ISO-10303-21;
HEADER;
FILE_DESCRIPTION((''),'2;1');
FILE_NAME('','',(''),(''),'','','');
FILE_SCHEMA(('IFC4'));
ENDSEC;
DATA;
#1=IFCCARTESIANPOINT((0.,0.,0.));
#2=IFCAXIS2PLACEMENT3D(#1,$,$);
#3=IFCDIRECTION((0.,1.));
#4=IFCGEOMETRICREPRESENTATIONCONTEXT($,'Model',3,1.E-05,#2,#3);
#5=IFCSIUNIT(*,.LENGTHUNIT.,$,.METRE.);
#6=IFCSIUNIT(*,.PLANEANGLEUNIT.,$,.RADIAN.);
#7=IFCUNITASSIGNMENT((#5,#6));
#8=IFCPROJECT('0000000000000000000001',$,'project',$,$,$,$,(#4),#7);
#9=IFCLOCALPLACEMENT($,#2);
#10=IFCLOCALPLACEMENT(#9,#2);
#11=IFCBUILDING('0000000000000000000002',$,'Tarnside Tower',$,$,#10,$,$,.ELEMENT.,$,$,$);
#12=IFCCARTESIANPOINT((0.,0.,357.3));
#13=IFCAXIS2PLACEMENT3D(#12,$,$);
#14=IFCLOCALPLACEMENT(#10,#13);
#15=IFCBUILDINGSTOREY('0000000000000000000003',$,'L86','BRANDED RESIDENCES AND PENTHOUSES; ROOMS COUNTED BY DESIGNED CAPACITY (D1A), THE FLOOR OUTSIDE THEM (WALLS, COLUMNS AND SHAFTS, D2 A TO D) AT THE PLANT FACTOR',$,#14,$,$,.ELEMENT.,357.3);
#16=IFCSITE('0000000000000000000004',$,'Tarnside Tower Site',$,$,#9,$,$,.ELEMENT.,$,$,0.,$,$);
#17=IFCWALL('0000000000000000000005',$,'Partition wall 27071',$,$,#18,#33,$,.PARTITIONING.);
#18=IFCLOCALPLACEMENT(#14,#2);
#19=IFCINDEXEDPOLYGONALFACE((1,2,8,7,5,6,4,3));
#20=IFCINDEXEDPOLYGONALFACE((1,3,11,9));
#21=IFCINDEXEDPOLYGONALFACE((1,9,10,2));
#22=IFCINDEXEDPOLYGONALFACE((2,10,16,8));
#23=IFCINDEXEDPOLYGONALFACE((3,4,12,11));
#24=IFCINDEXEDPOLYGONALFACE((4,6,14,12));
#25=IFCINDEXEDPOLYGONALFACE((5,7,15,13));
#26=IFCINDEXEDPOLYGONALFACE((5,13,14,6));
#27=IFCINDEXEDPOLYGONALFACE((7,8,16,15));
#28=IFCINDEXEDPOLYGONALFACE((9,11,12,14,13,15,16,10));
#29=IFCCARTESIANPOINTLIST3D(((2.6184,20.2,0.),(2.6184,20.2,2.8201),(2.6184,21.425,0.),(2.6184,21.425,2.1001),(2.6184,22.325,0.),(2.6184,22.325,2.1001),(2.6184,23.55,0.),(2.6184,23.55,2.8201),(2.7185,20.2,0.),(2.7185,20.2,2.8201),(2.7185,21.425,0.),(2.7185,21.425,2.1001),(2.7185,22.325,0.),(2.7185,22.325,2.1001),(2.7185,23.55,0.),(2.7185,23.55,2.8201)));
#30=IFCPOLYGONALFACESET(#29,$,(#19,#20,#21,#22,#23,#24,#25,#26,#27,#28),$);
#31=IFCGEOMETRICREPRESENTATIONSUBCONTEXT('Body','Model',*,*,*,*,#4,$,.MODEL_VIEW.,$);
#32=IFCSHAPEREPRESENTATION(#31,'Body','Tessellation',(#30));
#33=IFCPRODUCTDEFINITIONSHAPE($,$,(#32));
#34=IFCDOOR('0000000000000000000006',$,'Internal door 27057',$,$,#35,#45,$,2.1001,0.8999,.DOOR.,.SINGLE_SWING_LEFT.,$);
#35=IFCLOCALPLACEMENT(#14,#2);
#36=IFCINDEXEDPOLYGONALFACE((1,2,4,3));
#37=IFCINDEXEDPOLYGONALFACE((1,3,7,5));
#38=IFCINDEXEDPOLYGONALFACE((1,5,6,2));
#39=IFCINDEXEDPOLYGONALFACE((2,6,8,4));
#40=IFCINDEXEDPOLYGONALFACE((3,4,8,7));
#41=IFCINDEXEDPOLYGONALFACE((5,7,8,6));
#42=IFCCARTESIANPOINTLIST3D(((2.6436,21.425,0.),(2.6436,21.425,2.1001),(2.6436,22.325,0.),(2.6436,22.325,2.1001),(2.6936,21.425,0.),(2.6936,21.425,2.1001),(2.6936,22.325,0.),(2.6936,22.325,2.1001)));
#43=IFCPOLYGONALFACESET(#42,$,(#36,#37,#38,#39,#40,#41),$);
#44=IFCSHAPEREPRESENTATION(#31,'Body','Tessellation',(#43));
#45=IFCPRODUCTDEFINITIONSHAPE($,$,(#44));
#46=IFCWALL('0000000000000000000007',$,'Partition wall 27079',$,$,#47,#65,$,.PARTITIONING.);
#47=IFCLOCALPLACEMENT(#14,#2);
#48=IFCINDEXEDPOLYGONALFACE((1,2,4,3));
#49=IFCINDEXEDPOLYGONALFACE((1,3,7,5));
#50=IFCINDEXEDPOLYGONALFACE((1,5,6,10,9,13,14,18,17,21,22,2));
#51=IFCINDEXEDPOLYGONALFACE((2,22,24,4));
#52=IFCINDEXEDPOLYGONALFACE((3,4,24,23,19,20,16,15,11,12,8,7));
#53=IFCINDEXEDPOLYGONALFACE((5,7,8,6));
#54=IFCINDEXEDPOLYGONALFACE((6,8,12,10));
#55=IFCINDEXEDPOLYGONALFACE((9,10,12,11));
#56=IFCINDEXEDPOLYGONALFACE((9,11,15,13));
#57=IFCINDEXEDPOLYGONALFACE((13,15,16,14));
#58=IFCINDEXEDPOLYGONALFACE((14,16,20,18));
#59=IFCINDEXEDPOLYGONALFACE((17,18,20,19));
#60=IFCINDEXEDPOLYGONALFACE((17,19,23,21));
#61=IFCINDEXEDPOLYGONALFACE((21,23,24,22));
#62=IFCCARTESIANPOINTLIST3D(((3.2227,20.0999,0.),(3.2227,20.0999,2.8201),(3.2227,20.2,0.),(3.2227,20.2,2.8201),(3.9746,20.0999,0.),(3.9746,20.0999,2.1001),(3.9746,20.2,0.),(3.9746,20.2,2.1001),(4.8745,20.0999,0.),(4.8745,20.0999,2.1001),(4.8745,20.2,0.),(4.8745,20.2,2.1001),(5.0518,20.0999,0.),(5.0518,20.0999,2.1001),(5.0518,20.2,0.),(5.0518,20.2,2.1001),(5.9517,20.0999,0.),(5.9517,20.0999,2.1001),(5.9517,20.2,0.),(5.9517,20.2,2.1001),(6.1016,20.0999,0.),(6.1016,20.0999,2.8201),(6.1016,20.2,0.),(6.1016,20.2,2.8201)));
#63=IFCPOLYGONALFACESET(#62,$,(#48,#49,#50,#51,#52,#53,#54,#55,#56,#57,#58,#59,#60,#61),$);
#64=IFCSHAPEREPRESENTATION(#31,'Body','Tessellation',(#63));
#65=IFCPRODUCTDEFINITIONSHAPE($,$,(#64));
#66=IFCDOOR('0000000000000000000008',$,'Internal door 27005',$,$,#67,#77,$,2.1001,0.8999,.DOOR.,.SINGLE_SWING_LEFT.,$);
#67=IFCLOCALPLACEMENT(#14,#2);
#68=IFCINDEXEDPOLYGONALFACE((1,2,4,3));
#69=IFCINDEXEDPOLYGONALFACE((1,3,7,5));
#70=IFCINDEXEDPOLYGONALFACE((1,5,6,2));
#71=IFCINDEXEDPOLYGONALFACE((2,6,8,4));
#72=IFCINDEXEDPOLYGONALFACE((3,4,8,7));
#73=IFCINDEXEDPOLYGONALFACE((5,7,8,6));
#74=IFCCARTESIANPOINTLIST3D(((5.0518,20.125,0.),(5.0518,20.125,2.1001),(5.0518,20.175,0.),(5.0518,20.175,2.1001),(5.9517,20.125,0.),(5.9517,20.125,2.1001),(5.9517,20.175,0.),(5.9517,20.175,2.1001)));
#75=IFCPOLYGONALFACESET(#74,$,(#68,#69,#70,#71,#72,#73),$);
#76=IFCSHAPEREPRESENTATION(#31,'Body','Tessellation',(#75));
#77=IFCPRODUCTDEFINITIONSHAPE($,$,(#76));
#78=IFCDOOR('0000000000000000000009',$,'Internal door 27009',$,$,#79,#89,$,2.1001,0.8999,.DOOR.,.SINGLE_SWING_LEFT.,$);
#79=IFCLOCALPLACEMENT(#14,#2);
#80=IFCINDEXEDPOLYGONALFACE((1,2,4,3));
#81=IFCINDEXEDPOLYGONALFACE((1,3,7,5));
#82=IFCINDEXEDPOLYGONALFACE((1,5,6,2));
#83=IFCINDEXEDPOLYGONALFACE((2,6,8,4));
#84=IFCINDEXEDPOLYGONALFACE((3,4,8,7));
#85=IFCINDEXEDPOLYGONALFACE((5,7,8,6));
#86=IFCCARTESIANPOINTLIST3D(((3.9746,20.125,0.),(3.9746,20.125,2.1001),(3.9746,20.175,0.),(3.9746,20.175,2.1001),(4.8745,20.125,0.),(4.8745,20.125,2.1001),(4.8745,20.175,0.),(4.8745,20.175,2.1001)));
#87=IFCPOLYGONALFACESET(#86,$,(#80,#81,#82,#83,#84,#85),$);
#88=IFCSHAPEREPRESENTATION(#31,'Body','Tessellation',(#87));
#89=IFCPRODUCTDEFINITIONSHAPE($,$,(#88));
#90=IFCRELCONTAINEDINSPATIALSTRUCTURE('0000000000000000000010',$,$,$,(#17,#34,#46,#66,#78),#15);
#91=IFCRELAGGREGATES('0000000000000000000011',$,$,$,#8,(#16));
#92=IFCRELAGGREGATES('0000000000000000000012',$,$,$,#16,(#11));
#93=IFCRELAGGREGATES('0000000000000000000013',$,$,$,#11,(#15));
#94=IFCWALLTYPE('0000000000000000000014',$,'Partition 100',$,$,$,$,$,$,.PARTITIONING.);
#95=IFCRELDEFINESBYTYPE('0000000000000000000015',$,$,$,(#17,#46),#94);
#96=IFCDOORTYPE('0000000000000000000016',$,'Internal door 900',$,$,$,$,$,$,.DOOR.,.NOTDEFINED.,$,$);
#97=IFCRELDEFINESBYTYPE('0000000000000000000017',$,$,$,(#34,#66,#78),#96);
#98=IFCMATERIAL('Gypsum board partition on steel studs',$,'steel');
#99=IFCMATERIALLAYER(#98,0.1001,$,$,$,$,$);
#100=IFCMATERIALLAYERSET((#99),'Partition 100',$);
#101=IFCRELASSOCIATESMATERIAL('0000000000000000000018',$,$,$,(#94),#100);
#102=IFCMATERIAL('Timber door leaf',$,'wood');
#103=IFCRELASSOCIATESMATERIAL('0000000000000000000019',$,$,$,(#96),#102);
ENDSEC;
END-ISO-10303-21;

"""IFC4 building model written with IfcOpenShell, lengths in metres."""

from ifc_helpers import new_model, si_unit, direction, frame, frame_2d, origin, place, context, subcontext, project, spatial, rectangle, extrude, material, layer, layer_set, type_object, element, fill, save


model = new_model("IFC4")

# Units and contexts
model_context = context("Model", 3, precision=1e-05, world=origin(), true_north=direction((0.0, 1.0)))
body_context = subcontext(model_context, "Body", "Model", "MODEL_VIEW")
ifc_project = project(units=[si_unit("LENGTHUNIT", "METRE"), si_unit("PLANEANGLEUNIT", "RADIAN")], contexts=[model_context])

# Site, building, storey
site_placement = place(None, origin())
site = spatial("IfcSite", under=ifc_project, at=site_placement, Name="Tarnside Tower Site", CompositionType="ELEMENT", RefElevation=0.0)
building_placement = place(site_placement, origin())
building = spatial("IfcBuilding", under=site, at=building_placement, Name="Tarnside Tower", CompositionType="ELEMENT")
storey_placement = place(building_placement, frame((0.0, 0.0, 357.3)))
storey = spatial("IfcBuildingStorey", under=building, at=storey_placement, Name="L86", Description="BRANDED RESIDENCES AND PENTHOUSES; ROOMS COUNTED BY DESIGNED CAPACITY (D1A), THE FLOOR OUTSIDE THEM (WALLS, COLUMNS AND SHAFTS, D2 A TO D) AT THE PLANT FACTOR", CompositionType="ELEMENT", Elevation=357.3)

# Shared definitions
ifc_material_1 = material(Name="Gypsum board partition on steel studs", Category="steel")

# Shared definitions
ifc_material_2 = material(Name="Timber door leaf", Category="wood")

# Wall, opening, door
ifc_layer_1 = layer(ifc_material_1, 0.1001)
ifc_layer_set_1 = layer_set([ifc_layer_1], Name="Partition 100")
wall_type_1 = type_object("IfcWallType", Name="Partition 100", PredefinedType="PARTITIONING", material=ifc_layer_set_1)
wall_1_placement = place(storey_placement, frame((2.6685, 20.2, 0.0), z_axis=(0.0, 0.0, 1.0), x_axis=(0.0, 1.0, 0.0)))
wall_1 = element("IfcWall", 1, at=wall_1_placement, inside=storey, type_object=wall_type_1, Name="Partition wall 27071", PredefinedType="PARTITIONING", context=body_context, shape_type="SweptSolid", body=[
    extrude(rectangle(XDim=3.3501, YDim=0.1001, at=frame_2d((1.675, 0.0))), origin(), (0.0, 0.0, 1.0), 2.8201),
])
opening_1_placement = place(wall_1_placement, frame((1.2251, 0.0, 0.0)))
opening_1 = element("IfcOpeningElement", 2, at=opening_1_placement, cuts=wall_1, PredefinedType="OPENING", context=body_context, shape_type="SweptSolid", body=[
    extrude(rectangle(XDim=0.8999, YDim=2.1001, at=frame_2d((0.45, 1.05))), frame((0.0, 0.0601, 0.0), z_axis=(0.0, -1.0, 0.0), x_axis=(1.0, 0.0, 0.0)), (0.0, 0.0, 1.0), 0.1201),
])
door_type_1 = type_object("IfcDoorType", Name="Internal door 900", OperationType="NOTDEFINED", PredefinedType="DOOR", material=ifc_material_2)
door_1_placement = place(opening_1_placement, origin())
door_1 = element("IfcDoor", 3, at=door_1_placement, inside=storey, type_object=door_type_1, Name="Internal door 27057", OperationType="SINGLE_SWING_LEFT", OverallHeight=2.1001, OverallWidth=0.8999, PredefinedType="DOOR", context=body_context, shape_type="SweptSolid", body=[
    extrude(rectangle(XDim=0.8999, YDim=2.1001, at=frame_2d((0.45, 1.05))), frame((0.0, 0.0249, 0.0), z_axis=(0.0, -1.0, 0.0), x_axis=(1.0, 0.0, 0.0)), (0.0, 0.0, 1.0), 0.05),
])
fill(opening_1, door_1)

# Wall, openings, doors
wall_2_placement = place(storey_placement, frame((6.1016, 20.1499, 0.0), z_axis=(0.0, 0.0, 1.0), x_axis=(-1.0, 0.0, 0.0)))
wall_2 = element("IfcWall", 4, at=wall_2_placement, inside=storey, type_object=wall_type_1, Name="Partition wall 27079", PredefinedType="PARTITIONING", context=body_context, shape_type="SweptSolid", body=[
    extrude(rectangle(XDim=2.8789, YDim=0.1001, at=frame_2d((1.4395, 0.0))), origin(), (0.0, 0.0, 1.0), 2.8201),
])
opening_2_placement = place(wall_2_placement, frame((0.1499, 0.0, 0.0)))
opening_2 = element("IfcOpeningElement", 5, at=opening_2_placement, cuts=wall_2, PredefinedType="OPENING", context=body_context, shape_type="SweptSolid", body=[
    extrude(rectangle(XDim=0.8999, YDim=2.1001, at=frame_2d((0.45, 1.05))), frame((0.0, 0.0601, 0.0), z_axis=(0.0, -1.0, 0.0), x_axis=(1.0, 0.0, 0.0)), (0.0, 0.0, 1.0), 0.1201),
])
opening_3_placement = place(wall_2_placement, frame((1.2271, 0.0, 0.0)))
opening_3 = element("IfcOpeningElement", 6, at=opening_3_placement, cuts=wall_2, PredefinedType="OPENING", context=body_context, shape_type="SweptSolid", body=[
    extrude(rectangle(XDim=0.8999, YDim=2.1001, at=frame_2d((0.45, 1.05))), frame((0.0, 0.0601, 0.0), z_axis=(0.0, -1.0, 0.0), x_axis=(1.0, 0.0, 0.0)), (0.0, 0.0, 1.0), 0.1201),
])
door_2_placement = place(opening_2_placement, origin())
door_2 = element("IfcDoor", 7, at=door_2_placement, inside=storey, type_object=door_type_1, Name="Internal door 27005", OperationType="SINGLE_SWING_LEFT", OverallHeight=2.1001, OverallWidth=0.8999, PredefinedType="DOOR", context=body_context, shape_type="SweptSolid", body=[
    extrude(rectangle(XDim=0.8999, YDim=2.1001, at=frame_2d((0.45, 1.05))), frame((0.0, 0.0249, 0.0), z_axis=(0.0, -1.0, 0.0), x_axis=(1.0, 0.0, 0.0)), (0.0, 0.0, 1.0), 0.05),
])
fill(opening_2, door_2)
door_3_placement = place(opening_3_placement, origin())
door_3 = element("IfcDoor", 8, at=door_3_placement, inside=storey, type_object=door_type_1, Name="Internal door 27009", OperationType="SINGLE_SWING_LEFT", OverallHeight=2.1001, OverallWidth=0.8999, PredefinedType="DOOR", context=body_context, shape_type="SweptSolid", body=[
    extrude(rectangle(XDim=0.8999, YDim=2.1001, at=frame_2d((0.45, 1.05))), frame((0.0, 0.0249, 0.0), z_axis=(0.0, -1.0, 0.0), x_axis=(1.0, 0.0, 0.0)), (0.0, 0.0, 1.0), 0.05),
])
fill(opening_3, door_3)

save(model, "model.ifc")
